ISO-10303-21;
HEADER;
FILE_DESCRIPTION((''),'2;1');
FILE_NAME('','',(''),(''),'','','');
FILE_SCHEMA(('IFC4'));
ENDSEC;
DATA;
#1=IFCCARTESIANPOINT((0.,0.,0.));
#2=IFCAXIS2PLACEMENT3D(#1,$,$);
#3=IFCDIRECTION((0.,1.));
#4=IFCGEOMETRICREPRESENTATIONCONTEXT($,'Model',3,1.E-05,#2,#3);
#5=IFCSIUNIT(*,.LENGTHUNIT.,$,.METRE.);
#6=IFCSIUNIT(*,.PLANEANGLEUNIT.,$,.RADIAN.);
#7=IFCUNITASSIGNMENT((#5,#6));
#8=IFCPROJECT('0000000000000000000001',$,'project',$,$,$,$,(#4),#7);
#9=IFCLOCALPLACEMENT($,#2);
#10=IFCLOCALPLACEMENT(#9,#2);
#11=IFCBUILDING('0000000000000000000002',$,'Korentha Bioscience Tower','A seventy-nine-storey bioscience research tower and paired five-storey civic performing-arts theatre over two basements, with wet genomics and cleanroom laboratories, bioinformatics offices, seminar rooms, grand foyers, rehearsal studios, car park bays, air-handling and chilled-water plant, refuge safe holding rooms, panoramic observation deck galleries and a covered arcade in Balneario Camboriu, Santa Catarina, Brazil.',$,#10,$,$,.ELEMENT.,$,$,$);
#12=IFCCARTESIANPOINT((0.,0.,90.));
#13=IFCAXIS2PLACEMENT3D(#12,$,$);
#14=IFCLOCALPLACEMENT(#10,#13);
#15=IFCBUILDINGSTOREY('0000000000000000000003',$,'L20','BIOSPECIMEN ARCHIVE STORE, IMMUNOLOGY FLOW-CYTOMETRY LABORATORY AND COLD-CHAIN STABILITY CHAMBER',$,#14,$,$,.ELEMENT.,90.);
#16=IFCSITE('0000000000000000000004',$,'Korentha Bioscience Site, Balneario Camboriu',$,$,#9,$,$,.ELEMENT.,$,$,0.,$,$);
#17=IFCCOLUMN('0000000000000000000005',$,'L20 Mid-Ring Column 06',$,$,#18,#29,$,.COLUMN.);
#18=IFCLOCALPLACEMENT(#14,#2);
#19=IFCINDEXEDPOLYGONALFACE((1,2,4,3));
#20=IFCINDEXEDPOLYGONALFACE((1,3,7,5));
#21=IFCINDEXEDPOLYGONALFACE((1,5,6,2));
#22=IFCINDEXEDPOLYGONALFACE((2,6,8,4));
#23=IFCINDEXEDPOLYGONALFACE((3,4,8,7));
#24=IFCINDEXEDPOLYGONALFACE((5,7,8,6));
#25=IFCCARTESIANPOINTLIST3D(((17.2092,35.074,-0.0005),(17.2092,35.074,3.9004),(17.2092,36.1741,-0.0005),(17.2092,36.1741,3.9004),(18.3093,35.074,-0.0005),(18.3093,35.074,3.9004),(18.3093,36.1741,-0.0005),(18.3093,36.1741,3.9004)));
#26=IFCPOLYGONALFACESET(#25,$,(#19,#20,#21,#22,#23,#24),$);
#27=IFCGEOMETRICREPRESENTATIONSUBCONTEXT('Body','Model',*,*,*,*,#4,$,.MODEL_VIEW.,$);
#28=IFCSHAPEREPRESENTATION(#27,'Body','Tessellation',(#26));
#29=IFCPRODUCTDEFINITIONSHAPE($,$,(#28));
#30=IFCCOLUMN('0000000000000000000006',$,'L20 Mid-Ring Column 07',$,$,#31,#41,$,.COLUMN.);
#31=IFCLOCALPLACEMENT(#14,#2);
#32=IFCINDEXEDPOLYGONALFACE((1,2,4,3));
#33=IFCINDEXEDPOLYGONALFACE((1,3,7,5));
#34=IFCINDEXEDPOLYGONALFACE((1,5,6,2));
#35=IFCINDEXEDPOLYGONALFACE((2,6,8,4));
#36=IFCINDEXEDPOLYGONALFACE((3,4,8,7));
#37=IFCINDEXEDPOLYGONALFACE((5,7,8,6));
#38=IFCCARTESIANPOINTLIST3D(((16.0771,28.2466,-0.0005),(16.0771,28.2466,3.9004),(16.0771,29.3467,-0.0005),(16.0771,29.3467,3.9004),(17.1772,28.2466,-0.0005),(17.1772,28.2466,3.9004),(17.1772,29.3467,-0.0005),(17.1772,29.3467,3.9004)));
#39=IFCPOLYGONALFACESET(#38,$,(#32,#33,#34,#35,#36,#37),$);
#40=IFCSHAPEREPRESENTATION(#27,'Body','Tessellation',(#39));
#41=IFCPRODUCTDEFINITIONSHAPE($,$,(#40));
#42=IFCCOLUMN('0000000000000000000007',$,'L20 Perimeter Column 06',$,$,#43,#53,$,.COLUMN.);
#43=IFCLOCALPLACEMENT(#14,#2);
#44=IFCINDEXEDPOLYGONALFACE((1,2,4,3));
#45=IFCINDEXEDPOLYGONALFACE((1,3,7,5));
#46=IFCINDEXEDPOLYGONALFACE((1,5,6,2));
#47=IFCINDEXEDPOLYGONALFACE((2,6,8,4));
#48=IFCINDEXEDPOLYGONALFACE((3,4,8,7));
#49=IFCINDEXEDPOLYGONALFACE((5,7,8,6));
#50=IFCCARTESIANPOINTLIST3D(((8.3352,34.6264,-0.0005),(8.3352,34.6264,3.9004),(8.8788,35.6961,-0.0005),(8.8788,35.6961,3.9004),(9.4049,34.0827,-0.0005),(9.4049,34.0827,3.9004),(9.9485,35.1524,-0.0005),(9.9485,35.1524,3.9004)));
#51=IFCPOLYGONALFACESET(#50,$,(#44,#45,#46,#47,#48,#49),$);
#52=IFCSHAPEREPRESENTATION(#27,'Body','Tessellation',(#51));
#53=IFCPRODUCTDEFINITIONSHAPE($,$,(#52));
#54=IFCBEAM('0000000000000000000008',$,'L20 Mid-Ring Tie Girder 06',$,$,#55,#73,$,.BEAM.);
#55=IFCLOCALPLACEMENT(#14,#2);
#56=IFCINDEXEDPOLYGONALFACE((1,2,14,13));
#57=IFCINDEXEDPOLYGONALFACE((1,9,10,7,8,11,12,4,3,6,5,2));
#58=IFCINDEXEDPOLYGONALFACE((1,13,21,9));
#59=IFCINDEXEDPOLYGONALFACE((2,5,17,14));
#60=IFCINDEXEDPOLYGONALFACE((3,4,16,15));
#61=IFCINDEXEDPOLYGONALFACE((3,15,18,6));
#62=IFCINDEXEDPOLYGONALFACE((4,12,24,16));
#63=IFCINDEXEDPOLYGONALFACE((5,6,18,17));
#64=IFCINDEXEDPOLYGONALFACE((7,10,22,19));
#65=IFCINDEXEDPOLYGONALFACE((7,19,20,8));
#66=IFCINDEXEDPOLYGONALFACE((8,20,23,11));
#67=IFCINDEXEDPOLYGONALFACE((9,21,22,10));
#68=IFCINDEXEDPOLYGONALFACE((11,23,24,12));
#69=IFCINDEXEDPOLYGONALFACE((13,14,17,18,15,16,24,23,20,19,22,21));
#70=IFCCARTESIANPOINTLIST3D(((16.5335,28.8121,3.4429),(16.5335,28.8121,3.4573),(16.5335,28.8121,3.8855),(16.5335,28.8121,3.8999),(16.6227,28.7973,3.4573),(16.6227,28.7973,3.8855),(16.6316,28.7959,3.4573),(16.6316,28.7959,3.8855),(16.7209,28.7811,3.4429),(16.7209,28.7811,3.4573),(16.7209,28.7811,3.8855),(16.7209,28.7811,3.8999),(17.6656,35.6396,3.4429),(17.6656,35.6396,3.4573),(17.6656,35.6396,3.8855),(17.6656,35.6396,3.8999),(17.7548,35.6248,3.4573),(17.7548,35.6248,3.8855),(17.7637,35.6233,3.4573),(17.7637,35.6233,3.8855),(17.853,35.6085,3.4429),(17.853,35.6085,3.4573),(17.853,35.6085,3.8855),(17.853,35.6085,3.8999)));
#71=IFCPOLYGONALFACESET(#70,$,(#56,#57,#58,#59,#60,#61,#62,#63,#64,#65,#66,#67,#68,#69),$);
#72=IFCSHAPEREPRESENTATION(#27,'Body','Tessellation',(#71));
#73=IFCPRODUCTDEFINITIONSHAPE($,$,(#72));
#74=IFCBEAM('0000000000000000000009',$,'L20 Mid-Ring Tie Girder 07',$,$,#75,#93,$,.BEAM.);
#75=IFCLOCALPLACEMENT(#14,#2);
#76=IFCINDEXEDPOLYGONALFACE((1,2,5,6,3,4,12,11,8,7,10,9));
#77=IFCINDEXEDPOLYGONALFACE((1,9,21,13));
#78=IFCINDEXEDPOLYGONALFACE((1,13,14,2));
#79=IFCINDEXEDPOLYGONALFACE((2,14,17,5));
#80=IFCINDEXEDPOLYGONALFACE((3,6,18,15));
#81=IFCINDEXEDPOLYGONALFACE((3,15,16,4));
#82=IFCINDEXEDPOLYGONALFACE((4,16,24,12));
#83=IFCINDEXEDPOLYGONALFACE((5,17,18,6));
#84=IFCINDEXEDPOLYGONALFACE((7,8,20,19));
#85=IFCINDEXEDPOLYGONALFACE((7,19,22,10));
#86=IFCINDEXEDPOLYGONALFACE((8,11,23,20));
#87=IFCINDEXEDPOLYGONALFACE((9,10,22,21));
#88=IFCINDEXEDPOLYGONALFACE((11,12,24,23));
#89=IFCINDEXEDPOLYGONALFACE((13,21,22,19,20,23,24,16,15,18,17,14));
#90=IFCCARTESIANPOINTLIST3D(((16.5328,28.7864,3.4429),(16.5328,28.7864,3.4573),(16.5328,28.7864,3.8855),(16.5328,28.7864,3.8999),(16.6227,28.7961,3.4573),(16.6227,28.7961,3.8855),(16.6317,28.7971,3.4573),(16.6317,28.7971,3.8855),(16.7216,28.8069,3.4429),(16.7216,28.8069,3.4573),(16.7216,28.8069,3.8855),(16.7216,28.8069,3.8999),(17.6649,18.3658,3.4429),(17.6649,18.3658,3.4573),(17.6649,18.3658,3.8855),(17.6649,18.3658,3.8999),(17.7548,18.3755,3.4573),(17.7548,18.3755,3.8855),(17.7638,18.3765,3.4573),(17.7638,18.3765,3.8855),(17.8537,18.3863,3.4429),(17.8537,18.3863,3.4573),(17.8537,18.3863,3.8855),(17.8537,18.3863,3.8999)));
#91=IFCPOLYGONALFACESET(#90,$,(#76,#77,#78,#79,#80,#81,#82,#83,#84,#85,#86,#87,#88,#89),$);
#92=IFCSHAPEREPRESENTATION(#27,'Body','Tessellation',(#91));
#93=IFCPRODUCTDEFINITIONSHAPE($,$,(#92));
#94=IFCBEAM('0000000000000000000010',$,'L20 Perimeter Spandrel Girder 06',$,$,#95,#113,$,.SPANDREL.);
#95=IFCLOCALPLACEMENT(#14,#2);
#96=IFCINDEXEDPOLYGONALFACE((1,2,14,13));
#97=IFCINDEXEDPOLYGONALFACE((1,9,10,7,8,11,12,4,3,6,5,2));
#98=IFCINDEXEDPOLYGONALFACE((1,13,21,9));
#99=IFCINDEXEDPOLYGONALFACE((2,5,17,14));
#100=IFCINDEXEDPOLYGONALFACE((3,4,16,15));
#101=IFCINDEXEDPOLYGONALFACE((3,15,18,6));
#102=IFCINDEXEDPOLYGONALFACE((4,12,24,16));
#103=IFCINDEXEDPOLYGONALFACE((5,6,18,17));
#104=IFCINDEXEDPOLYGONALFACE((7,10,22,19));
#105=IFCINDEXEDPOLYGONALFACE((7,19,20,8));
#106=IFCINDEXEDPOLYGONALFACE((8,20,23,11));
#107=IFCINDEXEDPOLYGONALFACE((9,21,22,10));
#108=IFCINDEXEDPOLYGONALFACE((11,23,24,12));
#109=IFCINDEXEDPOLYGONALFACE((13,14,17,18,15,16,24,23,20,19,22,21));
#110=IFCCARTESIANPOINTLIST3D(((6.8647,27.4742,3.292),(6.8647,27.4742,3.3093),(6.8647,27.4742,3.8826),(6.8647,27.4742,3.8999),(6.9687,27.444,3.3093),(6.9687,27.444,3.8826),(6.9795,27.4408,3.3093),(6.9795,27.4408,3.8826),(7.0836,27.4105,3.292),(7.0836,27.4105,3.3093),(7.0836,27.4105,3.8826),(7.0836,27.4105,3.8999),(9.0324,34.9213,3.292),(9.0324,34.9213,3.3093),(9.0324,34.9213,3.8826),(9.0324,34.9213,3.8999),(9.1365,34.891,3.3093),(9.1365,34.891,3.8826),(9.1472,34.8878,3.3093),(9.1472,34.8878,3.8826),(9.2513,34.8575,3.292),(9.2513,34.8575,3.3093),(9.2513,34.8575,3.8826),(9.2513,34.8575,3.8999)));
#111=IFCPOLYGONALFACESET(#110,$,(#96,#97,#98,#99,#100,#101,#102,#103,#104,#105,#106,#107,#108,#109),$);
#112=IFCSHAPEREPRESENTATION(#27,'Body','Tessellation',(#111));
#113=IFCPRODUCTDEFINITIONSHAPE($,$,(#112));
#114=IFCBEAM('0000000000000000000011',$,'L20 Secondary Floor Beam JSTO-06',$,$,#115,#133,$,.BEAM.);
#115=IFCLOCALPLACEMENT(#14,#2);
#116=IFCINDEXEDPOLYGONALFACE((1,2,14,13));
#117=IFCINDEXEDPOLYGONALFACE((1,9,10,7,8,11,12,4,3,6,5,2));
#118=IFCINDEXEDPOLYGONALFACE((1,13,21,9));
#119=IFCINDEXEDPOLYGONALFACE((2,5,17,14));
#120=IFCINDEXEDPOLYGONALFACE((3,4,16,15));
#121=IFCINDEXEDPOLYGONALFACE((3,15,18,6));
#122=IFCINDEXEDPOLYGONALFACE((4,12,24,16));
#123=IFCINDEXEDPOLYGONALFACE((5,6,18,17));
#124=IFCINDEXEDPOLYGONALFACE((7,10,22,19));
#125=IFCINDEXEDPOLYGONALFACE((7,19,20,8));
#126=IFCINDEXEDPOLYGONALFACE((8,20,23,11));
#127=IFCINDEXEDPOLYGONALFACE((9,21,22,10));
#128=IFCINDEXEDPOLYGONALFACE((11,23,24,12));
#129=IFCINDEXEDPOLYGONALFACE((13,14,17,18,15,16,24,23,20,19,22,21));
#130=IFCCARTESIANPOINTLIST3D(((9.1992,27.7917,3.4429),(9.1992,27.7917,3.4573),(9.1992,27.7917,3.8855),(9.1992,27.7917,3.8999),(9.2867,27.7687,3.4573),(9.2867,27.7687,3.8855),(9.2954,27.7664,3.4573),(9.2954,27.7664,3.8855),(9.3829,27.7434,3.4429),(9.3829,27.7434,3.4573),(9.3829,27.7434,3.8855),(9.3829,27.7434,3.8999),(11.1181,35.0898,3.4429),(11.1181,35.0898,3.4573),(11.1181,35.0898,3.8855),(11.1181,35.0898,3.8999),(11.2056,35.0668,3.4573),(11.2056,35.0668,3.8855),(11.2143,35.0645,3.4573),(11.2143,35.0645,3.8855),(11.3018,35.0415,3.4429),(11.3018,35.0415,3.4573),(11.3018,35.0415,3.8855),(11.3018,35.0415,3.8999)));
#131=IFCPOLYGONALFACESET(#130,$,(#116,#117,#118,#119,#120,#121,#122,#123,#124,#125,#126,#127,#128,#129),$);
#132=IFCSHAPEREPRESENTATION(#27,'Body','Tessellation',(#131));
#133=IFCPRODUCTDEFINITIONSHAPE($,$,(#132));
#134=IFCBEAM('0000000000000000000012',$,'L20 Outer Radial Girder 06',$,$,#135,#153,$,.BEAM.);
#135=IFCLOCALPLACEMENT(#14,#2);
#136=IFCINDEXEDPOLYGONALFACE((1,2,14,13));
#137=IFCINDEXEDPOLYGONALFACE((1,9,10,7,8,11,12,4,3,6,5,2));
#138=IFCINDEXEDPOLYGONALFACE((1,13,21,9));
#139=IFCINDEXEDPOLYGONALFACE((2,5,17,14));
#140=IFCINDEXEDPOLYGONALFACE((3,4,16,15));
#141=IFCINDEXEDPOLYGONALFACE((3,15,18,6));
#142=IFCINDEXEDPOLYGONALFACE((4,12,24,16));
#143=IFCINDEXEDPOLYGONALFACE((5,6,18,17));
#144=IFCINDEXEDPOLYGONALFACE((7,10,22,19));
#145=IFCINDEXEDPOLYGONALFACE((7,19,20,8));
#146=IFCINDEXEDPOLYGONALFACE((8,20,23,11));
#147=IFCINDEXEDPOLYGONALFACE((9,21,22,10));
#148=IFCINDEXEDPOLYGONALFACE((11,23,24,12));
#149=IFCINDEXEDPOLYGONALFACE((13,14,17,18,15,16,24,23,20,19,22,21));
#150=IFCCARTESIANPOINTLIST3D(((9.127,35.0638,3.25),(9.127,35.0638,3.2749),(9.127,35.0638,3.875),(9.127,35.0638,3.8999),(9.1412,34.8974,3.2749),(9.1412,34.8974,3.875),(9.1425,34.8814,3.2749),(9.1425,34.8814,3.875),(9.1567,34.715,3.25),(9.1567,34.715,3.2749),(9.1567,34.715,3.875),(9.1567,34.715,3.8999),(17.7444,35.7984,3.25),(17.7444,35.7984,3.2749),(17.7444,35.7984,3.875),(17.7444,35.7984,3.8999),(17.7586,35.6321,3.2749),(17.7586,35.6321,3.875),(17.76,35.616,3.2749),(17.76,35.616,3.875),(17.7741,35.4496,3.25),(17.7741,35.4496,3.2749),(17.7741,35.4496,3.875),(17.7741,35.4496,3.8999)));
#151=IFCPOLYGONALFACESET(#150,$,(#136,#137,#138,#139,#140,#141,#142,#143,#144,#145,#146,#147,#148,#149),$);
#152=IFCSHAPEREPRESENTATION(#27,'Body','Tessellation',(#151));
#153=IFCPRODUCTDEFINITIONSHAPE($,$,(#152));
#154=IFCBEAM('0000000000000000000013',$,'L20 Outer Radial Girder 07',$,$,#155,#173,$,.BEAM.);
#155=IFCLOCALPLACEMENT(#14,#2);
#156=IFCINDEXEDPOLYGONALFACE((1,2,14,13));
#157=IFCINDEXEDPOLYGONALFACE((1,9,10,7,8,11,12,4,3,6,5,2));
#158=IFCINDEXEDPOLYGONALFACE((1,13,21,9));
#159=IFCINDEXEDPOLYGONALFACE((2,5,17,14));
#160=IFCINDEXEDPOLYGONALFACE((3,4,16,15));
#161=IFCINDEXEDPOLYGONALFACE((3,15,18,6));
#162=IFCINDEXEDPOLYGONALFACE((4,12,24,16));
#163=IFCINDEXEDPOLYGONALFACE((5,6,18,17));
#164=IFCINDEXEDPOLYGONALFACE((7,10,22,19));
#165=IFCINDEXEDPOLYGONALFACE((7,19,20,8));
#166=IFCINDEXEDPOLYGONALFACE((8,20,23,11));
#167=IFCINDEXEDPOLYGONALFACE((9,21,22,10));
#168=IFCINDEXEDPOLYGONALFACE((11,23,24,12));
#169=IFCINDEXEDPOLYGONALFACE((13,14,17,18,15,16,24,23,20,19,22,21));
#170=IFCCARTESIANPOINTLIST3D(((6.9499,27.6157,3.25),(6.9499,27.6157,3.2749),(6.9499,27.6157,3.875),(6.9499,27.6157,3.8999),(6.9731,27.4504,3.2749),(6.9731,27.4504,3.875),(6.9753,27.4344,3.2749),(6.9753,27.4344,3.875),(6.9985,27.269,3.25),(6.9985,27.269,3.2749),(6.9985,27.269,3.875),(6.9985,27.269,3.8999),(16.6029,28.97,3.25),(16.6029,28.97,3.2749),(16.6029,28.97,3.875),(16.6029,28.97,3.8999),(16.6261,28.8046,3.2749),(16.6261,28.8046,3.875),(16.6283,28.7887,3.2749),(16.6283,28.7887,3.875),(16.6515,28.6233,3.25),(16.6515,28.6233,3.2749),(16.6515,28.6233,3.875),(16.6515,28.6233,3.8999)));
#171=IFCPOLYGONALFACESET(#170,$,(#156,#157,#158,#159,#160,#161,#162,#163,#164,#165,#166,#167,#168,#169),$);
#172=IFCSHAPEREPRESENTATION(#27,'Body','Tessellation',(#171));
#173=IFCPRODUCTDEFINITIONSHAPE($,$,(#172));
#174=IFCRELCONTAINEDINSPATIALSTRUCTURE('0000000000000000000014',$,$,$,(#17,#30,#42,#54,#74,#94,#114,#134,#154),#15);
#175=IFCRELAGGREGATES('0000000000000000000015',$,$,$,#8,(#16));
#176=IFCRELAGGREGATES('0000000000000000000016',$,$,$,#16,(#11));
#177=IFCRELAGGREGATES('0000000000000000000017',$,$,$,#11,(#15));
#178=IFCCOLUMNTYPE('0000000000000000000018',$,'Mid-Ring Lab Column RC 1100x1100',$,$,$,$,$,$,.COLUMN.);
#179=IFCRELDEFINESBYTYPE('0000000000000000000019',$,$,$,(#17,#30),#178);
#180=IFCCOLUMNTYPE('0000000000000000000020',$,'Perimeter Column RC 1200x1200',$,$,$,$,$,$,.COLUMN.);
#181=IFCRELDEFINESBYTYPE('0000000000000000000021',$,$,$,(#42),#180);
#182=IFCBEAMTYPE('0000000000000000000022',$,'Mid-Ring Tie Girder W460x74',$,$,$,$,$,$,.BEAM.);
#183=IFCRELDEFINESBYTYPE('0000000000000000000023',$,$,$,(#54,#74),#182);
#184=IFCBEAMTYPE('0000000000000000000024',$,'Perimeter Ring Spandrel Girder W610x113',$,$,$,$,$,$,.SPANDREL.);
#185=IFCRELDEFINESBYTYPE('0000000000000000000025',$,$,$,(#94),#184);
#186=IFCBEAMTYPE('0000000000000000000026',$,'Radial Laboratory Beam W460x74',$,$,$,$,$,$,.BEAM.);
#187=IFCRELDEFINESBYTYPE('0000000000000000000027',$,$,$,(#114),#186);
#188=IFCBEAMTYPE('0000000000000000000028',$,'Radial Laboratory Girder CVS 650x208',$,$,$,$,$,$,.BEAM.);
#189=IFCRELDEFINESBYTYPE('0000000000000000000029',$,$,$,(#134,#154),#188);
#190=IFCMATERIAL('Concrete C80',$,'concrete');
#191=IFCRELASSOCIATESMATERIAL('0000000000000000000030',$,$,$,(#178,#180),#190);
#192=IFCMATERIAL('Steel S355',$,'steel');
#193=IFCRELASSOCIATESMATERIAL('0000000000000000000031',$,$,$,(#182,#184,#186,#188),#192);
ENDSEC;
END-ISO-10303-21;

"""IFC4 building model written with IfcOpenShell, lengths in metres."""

from ifc_helpers import new_model, si_unit, direction, frame, origin, origin_2d, place, context, subcontext, project, spatial, rectangle, i_section, extrude, material, material_profile, profile_set, type_object, element, save


model = new_model("IFC4")

# Units and contexts
model_context = context("Model", 3, precision=1e-05, world=origin(), true_north=direction((0.0, 1.0)))
body_context = subcontext(model_context, "Body", "Model", "MODEL_VIEW")
ifc_project = project(units=[si_unit("LENGTHUNIT", "METRE"), si_unit("PLANEANGLEUNIT", "RADIAN")], contexts=[model_context])

# Site, building, storey
site_placement = place(None, origin())
site = spatial("IfcSite", under=ifc_project, at=site_placement, Name="Korentha Bioscience Site, Balneario Camboriu", CompositionType="ELEMENT", RefElevation=0.0)
building_placement = place(site_placement, origin())
building = spatial("IfcBuilding", under=site, at=building_placement, Name="Korentha Bioscience Tower", Description="A seventy-nine-storey bioscience research tower and paired five-storey civic performing-arts theatre over two basements, with wet genomics and cleanroom laboratories, bioinformatics offices, seminar rooms, grand foyers, rehearsal studios, car park bays, air-handling and chilled-water plant, refuge safe holding rooms, panoramic observation deck galleries and a covered arcade in Balneario Camboriu, Santa Catarina, Brazil.", CompositionType="ELEMENT")
storey_placement = place(building_placement, frame((0.0, 0.0, 90.0)))
storey = spatial("IfcBuildingStorey", under=building, at=storey_placement, Name="L20", Description="BIOSPECIMEN ARCHIVE STORE, IMMUNOLOGY FLOW-CYTOMETRY LABORATORY AND COLD-CHAIN STABILITY CHAMBER", CompositionType="ELEMENT", Elevation=90.0)

# Columns
ifc_material_1 = material(Name="Concrete C80", Category="concrete")
ifc_material_profile_1 = material_profile(ifc_material_1, rectangle(XDim=1.1001, YDim=1.1001, at=origin_2d()), Name="Concrete C80")
ifc_profile_set_1 = profile_set([ifc_material_profile_1], Name="Concrete C80 (COL-MR11)")
column_type_1 = type_object("IfcColumnType", Name="Mid-Ring Lab Column RC 1100x1100", PredefinedType="COLUMN", material=ifc_profile_set_1)
for number, where, z_axis, x_axis, name in (
    (1, (17.7593, 35.624, -0.0005), (0.0, 0.0, 1.0), (1.0, 0.0, 0.0), "L20 Mid-Ring Column 06"),
    (2, (16.6272, 28.7966, -0.0005), (0.0, 0.0, 1.0), (1.0, 0.0, 0.0), "L20 Mid-Ring Column 07"),
):
    element("IfcColumn", number, at=place(storey_placement, frame(where, z_axis=z_axis, x_axis=x_axis)), inside=storey, type_object=column_type_1, Name=name, PredefinedType="COLUMN", context=body_context, shape_type="SweptSolid", body=[
        extrude(rectangle(XDim=1.1001, YDim=1.1001, at=origin_2d()), origin(), (0.0, 0.0, 1.0), 3.9009),
    ])
ifc_material_profile_2 = material_profile(ifc_material_1, rectangle(XDim=1.2, YDim=1.2, at=origin_2d()), Name="Concrete C80")
ifc_profile_set_2 = profile_set([ifc_material_profile_2], Name="Concrete C80 (COL-P12)")
column_type_2 = type_object("IfcColumnType", Name="Perimeter Column RC 1200x1200", PredefinedType="COLUMN", material=ifc_profile_set_2)
column_placement = place(storey_placement, frame((9.1418, 34.8894, -0.0005), z_axis=(0.0, 0.0, 1.0), x_axis=(0.453057, 0.891481, 0.0)))
element("IfcColumn", 3, at=column_placement, inside=storey, type_object=column_type_2, Name="L20 Perimeter Column 06", PredefinedType="COLUMN", context=body_context, shape_type="SweptSolid", body=[
    extrude(rectangle(XDim=1.2, YDim=1.2, at=origin_2d()), origin(), (0.0, 0.0, 1.0), 3.9009),
])

# Beams
ifc_material_2 = material(Name="Steel S355", Category="steel")
ifc_material_profile_3 = material_profile(ifc_material_2, i_section(OverallWidth=0.1899, OverallDepth=0.457, WebThickness=0.009, FlangeThickness=0.0144, at=origin_2d()), Name="Steel S355")
ifc_profile_set_3 = profile_set([ifc_material_profile_3], Name="Steel S355 (MB-460)")
beam_type_1 = type_object("IfcBeamType", Name="Mid-Ring Tie Girder W460x74", PredefinedType="BEAM", material=ifc_profile_set_3)
beam_1_placement = place(storey_placement, frame((17.7593, 35.624, 3.6714), z_axis=(-0.163581, -0.98653, 0.0), x_axis=(0.98653, -0.163581, 0.0)))
element("IfcBeam", 4, at=beam_1_placement, inside=storey, type_object=beam_type_1, Name="L20 Mid-Ring Tie Girder 06", PredefinedType="BEAM", context=body_context, shape_type="SweptSolid", body=[
    extrude(i_section(OverallWidth=0.1899, OverallDepth=0.457, WebThickness=0.009, FlangeThickness=0.0144, at=origin_2d()), origin(), (0.0, 0.0, 1.0), 6.9207),
])
beam_2_placement = place(storey_placement, frame((16.6272, 28.7966, 3.6714), z_axis=(0.108003, -0.994151, 0.0), x_axis=(0.994151, 0.108003, 0.0)))
element("IfcBeam", 5, at=beam_2_placement, inside=storey, type_object=beam_type_1, Name="L20 Mid-Ring Tie Girder 07", PredefinedType="BEAM", context=body_context, shape_type="SweptSolid", body=[
    extrude(i_section(OverallWidth=0.1899, OverallDepth=0.457, WebThickness=0.009, FlangeThickness=0.0144, at=origin_2d()), origin(), (0.0, 0.0, 1.0), 10.4819),
])
ifc_material_profile_4 = material_profile(ifc_material_2, i_section(OverallWidth=0.228, OverallDepth=0.6079, WebThickness=0.0112, FlangeThickness=0.0173, at=origin_2d()), Name="Steel S355")
ifc_profile_set_4 = profile_set([ifc_material_profile_4], Name="Steel S355 (SB-610)")
beam_type_2 = type_object("IfcBeamType", Name="Perimeter Ring Spandrel Girder W610x113", PredefinedType="SPANDREL", material=ifc_profile_set_4)
beam_3_placement = place(storey_placement, frame((9.1418, 34.8894, 3.5959), z_axis=(-0.279486, -0.96015, 0.0), x_axis=(0.96015, -0.279486, 0.0)))
element("IfcBeam", 6, at=beam_3_placement, inside=storey, type_object=beam_type_2, Name="L20 Perimeter Spandrel Girder 06", PredefinedType="SPANDREL", context=body_context, shape_type="SweptSolid", body=[
    extrude(i_section(OverallWidth=0.228, OverallDepth=0.6079, WebThickness=0.0112, FlangeThickness=0.0173, at=origin_2d()), origin(), (0.0, 0.0, 1.0), 7.7561),
])
ifc_material_profile_5 = material_profile(ifc_material_2, i_section(OverallWidth=0.1899, OverallDepth=0.457, WebThickness=0.009, FlangeThickness=0.0144, at=origin_2d()), Name="Steel S355")
ifc_profile_set_5 = profile_set([ifc_material_profile_5], Name="Steel S355 (RB-460)")
beam_type_3 = type_object("IfcBeamType", Name="Radial Laboratory Beam W460x74", PredefinedType="BEAM", material=ifc_profile_set_5)
beam_4_placement = place(storey_placement, frame((11.21, 35.0657, 3.6714), z_axis=(-0.254294, -0.967127, 0.0), x_axis=(0.967127, -0.254294, 0.0)))
element("IfcBeam", 7, at=beam_4_placement, inside=storey, type_object=beam_type_3, Name="L20 Secondary Floor Beam JSTO-06", PredefinedType="BEAM", context=body_context, shape_type="SweptSolid", body=[
    extrude(i_section(OverallWidth=0.1899, OverallDepth=0.457, WebThickness=0.009, FlangeThickness=0.0144, at=origin_2d()), origin(), (0.0, 0.0, 1.0), 7.5461),
])
ifc_material_profile_6 = material_profile(ifc_material_2, i_section(OverallWidth=0.3501, OverallDepth=0.6499, WebThickness=0.0161, FlangeThickness=0.0249, at=origin_2d()), Name="Steel S355")
ifc_profile_set_6 = profile_set([ifc_material_profile_6], Name="Steel S355 (RB-650)")
beam_type_4 = type_object("IfcBeamType", Name="Radial Laboratory Girder CVS 650x208", PredefinedType="BEAM", material=ifc_profile_set_6)
beam_5_placement = place(storey_placement, frame((17.7593, 35.624, 3.575), z_axis=(-0.996386, -0.08494, 0.0), x_axis=(0.08494, -0.996386, 0.0)))
element("IfcBeam", 8, at=beam_5_placement, inside=storey, type_object=beam_type_4, Name="L20 Outer Radial Girder 06", PredefinedType="BEAM", context=body_context, shape_type="SweptSolid", body=[
    extrude(i_section(OverallWidth=0.3501, OverallDepth=0.6499, WebThickness=0.0161, FlangeThickness=0.0249, at=origin_2d()), origin(), (0.0, 0.0, 1.0), 8.6487),
])
beam_6_placement = place(storey_placement, frame((16.6272, 28.7966, 3.575), z_axis=(-0.990302, -0.138931, 0.0), x_axis=(0.138931, -0.990302, 0.0)))
element("IfcBeam", 9, at=beam_6_placement, inside=storey, type_object=beam_type_4, Name="L20 Outer Radial Girder 07", PredefinedType="BEAM", context=body_context, shape_type="SweptSolid", body=[
    extrude(i_section(OverallWidth=0.3501, OverallDepth=0.6499, WebThickness=0.0161, FlangeThickness=0.0249, at=origin_2d()), origin(), (0.0, 0.0, 1.0), 9.7476),
])

save(model, "model.ifc")
